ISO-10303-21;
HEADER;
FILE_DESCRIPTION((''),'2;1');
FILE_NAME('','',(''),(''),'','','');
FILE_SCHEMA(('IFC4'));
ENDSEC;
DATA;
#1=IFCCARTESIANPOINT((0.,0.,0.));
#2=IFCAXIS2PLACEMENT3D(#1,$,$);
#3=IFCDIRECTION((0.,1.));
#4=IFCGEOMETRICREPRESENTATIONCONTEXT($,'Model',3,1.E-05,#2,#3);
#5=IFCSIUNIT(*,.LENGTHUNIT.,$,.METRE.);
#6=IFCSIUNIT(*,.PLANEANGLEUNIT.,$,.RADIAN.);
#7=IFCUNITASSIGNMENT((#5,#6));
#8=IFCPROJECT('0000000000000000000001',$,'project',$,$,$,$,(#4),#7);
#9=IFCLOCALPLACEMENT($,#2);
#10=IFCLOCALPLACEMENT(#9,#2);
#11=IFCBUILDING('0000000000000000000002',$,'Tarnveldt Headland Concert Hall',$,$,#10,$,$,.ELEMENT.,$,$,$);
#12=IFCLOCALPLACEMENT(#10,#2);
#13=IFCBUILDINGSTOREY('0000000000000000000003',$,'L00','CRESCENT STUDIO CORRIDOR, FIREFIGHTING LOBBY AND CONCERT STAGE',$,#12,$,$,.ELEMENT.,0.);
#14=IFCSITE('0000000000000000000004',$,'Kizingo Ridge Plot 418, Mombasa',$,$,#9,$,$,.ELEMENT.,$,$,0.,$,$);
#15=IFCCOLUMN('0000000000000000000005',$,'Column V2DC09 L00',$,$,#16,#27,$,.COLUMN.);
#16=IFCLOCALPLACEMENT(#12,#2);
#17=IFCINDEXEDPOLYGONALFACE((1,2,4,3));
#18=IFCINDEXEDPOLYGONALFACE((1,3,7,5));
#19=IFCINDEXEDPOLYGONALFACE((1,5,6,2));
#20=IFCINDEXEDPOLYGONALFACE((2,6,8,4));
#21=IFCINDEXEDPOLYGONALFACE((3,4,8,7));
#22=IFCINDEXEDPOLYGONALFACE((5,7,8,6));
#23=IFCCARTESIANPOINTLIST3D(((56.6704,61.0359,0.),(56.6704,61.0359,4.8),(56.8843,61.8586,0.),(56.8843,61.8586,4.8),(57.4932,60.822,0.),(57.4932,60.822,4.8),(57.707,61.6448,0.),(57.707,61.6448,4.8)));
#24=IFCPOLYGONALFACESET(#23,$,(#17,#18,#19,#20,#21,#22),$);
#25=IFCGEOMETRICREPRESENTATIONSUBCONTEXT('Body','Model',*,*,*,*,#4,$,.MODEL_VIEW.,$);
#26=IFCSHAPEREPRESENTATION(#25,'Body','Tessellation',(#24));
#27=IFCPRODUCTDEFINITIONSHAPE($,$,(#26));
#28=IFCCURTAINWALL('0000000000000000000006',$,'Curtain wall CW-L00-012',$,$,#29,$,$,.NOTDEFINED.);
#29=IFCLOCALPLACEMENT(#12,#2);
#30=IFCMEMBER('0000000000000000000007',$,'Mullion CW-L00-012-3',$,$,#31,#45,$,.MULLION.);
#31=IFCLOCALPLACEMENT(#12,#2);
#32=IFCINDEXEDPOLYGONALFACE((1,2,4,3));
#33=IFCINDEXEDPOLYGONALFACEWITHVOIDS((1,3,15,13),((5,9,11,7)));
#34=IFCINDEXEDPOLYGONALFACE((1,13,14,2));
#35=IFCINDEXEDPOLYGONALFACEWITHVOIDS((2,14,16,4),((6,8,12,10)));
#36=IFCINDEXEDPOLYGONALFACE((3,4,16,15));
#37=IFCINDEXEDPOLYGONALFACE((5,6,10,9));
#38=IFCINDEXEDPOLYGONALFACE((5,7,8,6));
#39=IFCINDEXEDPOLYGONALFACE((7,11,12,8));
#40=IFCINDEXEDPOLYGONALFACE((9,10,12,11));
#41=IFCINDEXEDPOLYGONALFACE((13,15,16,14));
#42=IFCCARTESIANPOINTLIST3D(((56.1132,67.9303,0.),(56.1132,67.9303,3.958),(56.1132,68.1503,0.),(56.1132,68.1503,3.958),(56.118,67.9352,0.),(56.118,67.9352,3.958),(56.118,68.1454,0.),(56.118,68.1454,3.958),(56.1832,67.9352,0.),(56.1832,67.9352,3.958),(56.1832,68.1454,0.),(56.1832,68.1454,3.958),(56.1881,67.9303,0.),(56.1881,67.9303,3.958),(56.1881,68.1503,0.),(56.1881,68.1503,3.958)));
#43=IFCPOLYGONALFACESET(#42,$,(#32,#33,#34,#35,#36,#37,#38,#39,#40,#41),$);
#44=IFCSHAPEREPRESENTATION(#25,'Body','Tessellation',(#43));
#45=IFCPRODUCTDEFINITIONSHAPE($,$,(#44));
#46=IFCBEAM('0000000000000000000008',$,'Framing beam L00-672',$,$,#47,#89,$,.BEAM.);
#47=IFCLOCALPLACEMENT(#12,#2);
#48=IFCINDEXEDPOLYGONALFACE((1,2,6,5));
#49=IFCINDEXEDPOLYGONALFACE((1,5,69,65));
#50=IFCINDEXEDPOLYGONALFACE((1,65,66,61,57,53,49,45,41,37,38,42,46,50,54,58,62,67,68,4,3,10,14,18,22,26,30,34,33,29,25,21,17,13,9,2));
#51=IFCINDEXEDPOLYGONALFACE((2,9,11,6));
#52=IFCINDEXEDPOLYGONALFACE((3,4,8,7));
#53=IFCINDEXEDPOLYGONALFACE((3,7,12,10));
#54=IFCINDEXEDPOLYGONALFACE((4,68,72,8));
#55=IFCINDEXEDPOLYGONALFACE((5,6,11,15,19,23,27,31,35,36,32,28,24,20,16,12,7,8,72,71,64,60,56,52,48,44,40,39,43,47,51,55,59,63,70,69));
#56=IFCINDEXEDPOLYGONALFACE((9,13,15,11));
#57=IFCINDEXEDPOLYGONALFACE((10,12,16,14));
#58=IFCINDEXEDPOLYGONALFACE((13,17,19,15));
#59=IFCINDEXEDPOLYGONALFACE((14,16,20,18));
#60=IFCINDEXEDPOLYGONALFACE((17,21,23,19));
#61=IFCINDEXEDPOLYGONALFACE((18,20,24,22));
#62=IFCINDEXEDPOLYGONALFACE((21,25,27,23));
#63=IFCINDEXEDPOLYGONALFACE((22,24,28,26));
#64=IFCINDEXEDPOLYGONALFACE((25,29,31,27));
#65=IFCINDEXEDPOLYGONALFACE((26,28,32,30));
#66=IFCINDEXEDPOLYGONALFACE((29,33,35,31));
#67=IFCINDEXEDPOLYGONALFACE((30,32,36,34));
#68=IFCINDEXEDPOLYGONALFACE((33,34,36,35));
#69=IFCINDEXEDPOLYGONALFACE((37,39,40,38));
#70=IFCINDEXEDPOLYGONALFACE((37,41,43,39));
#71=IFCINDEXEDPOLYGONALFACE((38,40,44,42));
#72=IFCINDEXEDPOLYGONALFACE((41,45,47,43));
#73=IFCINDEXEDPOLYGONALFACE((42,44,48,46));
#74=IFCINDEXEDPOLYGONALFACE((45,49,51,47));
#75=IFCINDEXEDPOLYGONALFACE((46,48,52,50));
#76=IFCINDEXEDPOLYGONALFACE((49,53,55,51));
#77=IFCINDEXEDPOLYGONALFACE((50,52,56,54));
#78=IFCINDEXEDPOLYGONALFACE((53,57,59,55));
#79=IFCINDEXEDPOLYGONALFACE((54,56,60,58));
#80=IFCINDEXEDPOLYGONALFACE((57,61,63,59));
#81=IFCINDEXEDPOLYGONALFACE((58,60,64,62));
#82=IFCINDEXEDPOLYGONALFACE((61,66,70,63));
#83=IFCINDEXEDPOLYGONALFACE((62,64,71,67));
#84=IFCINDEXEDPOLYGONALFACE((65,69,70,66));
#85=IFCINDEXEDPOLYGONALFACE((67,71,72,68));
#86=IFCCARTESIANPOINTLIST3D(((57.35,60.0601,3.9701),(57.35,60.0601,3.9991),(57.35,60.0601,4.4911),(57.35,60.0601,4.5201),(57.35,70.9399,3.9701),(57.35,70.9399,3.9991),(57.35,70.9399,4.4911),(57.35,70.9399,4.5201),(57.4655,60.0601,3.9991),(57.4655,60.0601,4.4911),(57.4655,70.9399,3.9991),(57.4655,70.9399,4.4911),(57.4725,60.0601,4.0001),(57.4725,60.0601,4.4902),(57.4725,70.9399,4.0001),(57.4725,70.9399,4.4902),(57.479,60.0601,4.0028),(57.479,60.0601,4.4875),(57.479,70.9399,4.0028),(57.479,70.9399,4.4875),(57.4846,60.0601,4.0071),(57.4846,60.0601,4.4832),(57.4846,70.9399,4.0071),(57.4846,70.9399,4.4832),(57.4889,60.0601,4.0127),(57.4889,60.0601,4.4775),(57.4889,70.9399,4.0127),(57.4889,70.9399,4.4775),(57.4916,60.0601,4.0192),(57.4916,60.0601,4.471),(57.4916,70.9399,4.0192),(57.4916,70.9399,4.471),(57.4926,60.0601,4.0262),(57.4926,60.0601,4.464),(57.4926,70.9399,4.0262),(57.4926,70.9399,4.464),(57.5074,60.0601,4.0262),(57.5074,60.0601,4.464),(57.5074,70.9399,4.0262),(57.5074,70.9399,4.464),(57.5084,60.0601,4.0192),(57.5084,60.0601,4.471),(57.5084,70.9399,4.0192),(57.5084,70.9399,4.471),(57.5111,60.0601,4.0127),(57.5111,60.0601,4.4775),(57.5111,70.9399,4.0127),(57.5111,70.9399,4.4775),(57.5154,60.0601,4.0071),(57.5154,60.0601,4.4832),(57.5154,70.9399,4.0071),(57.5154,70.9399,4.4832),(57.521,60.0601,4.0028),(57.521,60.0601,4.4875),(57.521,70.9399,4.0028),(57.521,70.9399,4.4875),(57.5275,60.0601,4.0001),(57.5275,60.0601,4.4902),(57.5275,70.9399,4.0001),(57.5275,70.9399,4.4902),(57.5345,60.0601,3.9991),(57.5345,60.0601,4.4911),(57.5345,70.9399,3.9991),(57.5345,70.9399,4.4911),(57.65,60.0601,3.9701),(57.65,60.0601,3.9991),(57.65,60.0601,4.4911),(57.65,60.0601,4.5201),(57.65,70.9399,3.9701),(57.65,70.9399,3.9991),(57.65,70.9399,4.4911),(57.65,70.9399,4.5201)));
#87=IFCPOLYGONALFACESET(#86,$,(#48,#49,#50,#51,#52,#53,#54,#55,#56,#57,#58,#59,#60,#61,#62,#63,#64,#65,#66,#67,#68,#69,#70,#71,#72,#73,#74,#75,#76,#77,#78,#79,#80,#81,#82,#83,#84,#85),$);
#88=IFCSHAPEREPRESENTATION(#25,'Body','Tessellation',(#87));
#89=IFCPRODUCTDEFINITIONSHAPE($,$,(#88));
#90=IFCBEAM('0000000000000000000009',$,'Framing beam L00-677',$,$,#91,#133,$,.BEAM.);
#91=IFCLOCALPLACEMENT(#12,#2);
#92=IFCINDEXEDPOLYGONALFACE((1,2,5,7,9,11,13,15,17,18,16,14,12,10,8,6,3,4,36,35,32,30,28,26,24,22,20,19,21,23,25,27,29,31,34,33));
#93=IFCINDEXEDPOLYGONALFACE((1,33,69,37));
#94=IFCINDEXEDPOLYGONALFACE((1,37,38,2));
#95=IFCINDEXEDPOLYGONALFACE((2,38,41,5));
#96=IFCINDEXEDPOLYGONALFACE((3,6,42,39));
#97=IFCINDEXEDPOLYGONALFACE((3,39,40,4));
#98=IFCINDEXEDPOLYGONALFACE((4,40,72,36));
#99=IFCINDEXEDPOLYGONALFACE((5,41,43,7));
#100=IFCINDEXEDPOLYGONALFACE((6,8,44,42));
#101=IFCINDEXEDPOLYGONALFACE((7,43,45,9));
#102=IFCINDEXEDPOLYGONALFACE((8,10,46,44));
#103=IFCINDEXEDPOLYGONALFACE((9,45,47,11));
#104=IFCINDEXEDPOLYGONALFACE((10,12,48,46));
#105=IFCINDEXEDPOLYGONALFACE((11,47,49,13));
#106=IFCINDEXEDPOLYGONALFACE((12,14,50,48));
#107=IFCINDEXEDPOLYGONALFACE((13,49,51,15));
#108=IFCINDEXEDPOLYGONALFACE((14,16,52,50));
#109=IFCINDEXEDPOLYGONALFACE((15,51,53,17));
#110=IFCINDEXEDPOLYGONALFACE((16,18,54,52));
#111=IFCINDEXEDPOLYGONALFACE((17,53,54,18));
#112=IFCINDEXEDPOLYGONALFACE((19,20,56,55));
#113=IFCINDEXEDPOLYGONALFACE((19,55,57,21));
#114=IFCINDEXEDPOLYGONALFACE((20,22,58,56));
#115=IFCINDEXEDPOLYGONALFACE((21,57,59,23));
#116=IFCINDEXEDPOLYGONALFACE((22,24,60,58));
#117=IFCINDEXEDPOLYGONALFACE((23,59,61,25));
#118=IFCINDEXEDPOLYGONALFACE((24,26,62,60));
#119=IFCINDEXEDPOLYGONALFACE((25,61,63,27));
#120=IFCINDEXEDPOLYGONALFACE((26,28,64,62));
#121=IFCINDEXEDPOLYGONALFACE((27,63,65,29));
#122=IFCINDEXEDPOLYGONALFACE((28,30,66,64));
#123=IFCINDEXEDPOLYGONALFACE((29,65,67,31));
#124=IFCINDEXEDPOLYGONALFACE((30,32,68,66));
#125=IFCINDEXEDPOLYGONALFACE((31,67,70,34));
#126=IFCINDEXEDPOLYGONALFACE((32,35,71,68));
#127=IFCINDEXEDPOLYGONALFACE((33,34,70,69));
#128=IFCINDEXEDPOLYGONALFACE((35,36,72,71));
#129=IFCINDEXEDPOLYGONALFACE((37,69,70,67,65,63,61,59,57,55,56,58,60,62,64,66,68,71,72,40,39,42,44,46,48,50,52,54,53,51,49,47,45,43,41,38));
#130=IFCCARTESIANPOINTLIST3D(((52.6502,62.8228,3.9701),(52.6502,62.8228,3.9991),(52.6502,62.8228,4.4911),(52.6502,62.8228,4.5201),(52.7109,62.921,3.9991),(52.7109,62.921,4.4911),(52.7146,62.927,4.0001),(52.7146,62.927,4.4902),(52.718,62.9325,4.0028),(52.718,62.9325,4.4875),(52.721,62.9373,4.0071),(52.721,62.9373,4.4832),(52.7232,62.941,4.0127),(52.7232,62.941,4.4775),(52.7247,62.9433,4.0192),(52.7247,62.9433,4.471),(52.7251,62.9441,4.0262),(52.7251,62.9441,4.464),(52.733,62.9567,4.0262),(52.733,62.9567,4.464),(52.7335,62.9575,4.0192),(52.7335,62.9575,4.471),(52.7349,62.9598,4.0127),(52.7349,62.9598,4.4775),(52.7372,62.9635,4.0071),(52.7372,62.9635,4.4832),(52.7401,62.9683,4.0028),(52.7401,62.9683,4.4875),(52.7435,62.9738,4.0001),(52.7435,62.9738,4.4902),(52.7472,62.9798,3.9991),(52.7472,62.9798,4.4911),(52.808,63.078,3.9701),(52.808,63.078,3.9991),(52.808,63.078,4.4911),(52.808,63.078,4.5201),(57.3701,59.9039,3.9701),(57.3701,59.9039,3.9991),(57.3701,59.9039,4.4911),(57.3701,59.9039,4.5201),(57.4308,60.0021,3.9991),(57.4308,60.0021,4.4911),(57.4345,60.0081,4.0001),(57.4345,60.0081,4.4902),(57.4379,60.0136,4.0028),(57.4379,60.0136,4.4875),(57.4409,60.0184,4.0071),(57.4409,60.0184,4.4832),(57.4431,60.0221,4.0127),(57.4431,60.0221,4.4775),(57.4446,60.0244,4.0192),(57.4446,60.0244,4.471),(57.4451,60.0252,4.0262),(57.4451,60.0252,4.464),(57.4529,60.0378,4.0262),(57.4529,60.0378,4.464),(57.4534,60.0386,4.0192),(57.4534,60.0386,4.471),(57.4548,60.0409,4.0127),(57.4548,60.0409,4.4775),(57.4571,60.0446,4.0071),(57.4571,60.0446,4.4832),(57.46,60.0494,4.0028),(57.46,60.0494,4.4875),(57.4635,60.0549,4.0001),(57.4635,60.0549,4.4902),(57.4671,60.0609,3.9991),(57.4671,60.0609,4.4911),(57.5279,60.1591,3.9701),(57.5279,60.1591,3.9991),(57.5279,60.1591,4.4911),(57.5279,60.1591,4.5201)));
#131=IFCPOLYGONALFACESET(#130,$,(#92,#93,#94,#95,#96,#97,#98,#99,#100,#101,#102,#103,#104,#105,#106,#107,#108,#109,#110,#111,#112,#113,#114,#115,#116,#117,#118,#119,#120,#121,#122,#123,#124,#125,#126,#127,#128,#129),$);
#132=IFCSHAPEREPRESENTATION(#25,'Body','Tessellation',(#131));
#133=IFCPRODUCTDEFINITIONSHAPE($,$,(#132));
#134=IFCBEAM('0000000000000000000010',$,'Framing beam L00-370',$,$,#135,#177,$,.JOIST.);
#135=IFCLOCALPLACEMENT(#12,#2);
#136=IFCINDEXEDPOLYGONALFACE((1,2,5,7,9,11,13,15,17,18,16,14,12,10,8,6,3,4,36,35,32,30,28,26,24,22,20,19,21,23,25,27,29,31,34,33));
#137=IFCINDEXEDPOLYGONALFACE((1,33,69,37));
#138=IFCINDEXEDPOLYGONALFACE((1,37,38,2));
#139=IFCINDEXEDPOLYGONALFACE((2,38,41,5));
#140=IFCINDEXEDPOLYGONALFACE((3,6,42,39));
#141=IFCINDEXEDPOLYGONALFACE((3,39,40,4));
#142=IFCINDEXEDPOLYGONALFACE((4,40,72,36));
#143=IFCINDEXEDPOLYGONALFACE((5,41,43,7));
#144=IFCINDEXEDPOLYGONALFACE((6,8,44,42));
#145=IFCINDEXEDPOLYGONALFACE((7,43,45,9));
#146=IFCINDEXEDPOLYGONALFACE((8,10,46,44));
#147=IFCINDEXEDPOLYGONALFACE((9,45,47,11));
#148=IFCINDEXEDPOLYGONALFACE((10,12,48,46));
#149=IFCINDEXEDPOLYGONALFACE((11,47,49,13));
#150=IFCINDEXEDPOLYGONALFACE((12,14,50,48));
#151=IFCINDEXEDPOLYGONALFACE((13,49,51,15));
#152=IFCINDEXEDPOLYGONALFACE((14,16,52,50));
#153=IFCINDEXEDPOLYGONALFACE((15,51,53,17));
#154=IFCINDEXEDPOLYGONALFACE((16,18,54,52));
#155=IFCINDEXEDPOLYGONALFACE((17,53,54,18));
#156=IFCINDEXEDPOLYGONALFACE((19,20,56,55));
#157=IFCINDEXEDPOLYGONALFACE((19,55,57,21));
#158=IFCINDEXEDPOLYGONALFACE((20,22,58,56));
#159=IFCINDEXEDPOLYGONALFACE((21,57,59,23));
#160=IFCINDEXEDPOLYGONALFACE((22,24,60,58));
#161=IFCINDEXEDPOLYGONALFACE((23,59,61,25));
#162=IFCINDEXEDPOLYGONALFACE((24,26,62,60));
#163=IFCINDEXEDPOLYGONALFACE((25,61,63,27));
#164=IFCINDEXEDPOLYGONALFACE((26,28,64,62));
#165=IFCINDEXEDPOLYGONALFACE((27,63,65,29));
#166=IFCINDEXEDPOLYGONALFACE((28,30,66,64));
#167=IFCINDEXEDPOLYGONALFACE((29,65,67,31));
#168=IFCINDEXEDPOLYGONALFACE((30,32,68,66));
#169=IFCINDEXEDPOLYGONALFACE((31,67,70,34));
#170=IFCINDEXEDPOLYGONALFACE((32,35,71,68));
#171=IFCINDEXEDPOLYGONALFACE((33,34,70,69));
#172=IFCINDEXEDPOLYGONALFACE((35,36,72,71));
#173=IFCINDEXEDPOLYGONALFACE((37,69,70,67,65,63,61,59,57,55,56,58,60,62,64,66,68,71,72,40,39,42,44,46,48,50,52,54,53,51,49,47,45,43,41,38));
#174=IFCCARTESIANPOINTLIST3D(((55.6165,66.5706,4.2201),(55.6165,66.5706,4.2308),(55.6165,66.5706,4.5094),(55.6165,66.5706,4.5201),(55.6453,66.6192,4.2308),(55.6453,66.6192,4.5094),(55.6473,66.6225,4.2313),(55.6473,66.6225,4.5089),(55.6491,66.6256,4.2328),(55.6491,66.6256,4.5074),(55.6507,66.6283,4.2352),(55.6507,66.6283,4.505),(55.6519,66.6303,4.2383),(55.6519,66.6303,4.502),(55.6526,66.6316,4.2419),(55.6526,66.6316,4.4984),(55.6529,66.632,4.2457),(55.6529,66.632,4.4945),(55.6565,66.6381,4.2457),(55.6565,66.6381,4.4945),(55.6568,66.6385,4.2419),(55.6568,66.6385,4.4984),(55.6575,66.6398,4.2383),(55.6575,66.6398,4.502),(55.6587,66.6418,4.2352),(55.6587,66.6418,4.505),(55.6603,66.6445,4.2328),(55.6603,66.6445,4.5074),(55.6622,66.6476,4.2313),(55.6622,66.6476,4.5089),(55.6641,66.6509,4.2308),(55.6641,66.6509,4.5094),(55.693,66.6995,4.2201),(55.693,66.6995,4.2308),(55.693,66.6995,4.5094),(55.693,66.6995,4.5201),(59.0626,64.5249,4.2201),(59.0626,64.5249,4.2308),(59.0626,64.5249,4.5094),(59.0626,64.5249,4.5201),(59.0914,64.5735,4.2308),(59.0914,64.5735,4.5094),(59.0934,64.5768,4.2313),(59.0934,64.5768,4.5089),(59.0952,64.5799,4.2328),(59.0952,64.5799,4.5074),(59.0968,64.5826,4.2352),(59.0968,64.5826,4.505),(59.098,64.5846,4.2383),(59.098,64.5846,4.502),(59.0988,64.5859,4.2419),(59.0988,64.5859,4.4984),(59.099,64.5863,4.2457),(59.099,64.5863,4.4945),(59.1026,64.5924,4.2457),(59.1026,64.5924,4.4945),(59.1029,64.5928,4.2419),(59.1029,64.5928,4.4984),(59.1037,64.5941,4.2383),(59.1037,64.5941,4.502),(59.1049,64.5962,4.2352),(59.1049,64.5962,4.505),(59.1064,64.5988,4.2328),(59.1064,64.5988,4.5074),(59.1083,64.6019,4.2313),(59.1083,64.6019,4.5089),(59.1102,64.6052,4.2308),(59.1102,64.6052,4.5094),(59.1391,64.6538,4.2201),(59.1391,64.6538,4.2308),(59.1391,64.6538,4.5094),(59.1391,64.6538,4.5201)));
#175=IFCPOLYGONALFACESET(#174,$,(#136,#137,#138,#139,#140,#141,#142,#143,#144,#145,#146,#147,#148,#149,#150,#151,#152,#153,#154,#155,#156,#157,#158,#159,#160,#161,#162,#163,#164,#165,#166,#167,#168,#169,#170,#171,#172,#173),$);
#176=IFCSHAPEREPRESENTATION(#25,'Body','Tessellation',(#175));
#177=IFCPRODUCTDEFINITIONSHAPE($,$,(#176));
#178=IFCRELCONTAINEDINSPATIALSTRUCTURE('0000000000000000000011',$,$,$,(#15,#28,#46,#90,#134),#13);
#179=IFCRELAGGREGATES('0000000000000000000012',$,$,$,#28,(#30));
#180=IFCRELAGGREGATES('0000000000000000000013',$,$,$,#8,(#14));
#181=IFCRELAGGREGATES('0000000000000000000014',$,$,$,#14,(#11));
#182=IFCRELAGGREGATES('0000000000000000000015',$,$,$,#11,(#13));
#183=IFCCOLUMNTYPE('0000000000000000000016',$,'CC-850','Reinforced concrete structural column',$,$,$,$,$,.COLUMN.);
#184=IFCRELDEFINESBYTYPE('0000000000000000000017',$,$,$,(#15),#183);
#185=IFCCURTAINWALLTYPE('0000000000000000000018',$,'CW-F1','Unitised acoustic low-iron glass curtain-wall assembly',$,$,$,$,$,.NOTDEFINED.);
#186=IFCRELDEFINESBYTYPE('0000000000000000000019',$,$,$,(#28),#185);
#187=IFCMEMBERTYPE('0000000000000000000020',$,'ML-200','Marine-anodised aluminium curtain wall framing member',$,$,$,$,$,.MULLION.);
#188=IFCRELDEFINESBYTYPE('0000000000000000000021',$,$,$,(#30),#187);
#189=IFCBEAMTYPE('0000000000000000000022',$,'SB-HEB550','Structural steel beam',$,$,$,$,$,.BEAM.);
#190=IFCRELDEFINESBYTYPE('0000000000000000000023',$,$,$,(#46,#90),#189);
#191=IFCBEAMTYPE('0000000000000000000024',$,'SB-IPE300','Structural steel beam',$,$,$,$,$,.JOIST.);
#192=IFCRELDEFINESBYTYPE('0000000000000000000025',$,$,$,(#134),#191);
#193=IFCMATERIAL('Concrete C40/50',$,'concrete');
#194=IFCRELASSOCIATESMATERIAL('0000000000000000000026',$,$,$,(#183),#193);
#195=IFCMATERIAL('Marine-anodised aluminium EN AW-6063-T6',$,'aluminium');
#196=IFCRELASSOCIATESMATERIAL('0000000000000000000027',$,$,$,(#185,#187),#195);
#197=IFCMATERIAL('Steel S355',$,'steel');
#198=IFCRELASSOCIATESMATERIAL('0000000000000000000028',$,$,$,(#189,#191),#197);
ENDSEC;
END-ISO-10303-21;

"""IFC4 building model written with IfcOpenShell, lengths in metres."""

from ifc_helpers import new_model, si_unit, direction, frame, origin, origin_2d, place, context, subcontext, project, spatial, rectangle, hollow_rectangle, i_section, extrude, material, material_profile, profile_set, type_object, element, aggregate, save


model = new_model("IFC4")

# Units and contexts
model_context = context("Model", 3, precision=1e-05, world=origin(), true_north=direction((0.0, 1.0)))
body_context = subcontext(model_context, "Body", "Model", "MODEL_VIEW")
ifc_project = project(units=[si_unit("LENGTHUNIT", "METRE"), si_unit("PLANEANGLEUNIT", "RADIAN")], contexts=[model_context])

# Site, building, storey
site_placement = place(None, origin())
site = spatial("IfcSite", under=ifc_project, at=site_placement, Name="Kizingo Ridge Plot 418, Mombasa", CompositionType="ELEMENT", RefElevation=0.0)
building_placement = place(site_placement, origin())
building = spatial("IfcBuilding", under=site, at=building_placement, Name="Tarnveldt Headland Concert Hall", CompositionType="ELEMENT")
storey_placement = place(building_placement, origin())
storey = spatial("IfcBuildingStorey", under=building, at=storey_placement, Name="L00", Description="CRESCENT STUDIO CORRIDOR, FIREFIGHTING LOBBY AND CONCERT STAGE", CompositionType="ELEMENT", Elevation=0.0)

# Column
ifc_material_1 = material(Name="Concrete C40/50", Category="concrete")
ifc_material_profile_1 = material_profile(ifc_material_1, rectangle(XDim=0.8501, YDim=0.8501, at=origin_2d()), Name="RC 850x850", Category="concrete")
ifc_profile_set_1 = profile_set([ifc_material_profile_1], Name="Concrete C40/50")
column_type = type_object("IfcColumnType", Name="CC-850", Description="Reinforced concrete structural column", PredefinedType="COLUMN", material=ifc_profile_set_1)
column_placement = place(storey_placement, frame((57.1887, 61.3403, 0.0), z_axis=(0.0, 0.0, 1.0), x_axis=(-0.967841, 0.251563, 0.0)))
element("IfcColumn", 1, at=column_placement, inside=storey, type_object=column_type, Name="Column V2DC09 L00", PredefinedType="COLUMN", context=body_context, shape_type="SweptSolid", body=[
    extrude(rectangle(XDim=0.8501, YDim=0.8501, at=origin_2d()), origin(), (0.0, 0.0, 1.0), 4.8),
])

# Curtain wall, member
ifc_material_2 = material(Name="Marine-anodised aluminium EN AW-6063-T6", Category="aluminium")
curtain_wall_type = type_object("IfcCurtainWallType", Name="CW-F1", Description="Unitised acoustic low-iron glass curtain-wall assembly", PredefinedType="NOTDEFINED", material=ifc_material_2)
curtain_wall_placement = place(storey_placement, origin())
curtain_wall = element("IfcCurtainWall", 2, at=curtain_wall_placement, inside=storey, type_object=curtain_wall_type, Name="Curtain wall CW-L00-012", PredefinedType="NOTDEFINED")
ifc_material_profile_2 = material_profile(ifc_material_2, hollow_rectangle(XDim=0.075, YDim=0.22, WallThickness=0.0049, at=origin_2d()), Name="ALU MULLION 75x220x5", Category="aluminium")
ifc_profile_set_2 = profile_set([ifc_material_profile_2], Name="Marine-anodised aluminium EN AW-6063-T6")
member_type_1 = type_object("IfcMemberType", Name="ML-200", Description="Marine-anodised aluminium curtain wall framing member", PredefinedType="MULLION", material=ifc_profile_set_2)
member_1_placement = place(storey_placement, frame((56.1506, 68.0403, 0.0), z_axis=(0.0, 0.0, 1.0), x_axis=(1.0, 0.0, 0.0)))
member_1 = element("IfcMember", 3, at=member_1_placement, type_object=member_type_1, Name="Mullion CW-L00-012-3", PredefinedType="MULLION", context=body_context, shape_type="SweptSolid", body=[
    extrude(hollow_rectangle(XDim=0.075, YDim=0.22, WallThickness=0.0049, at=origin_2d()), origin(), (0.0, 0.0, 1.0), 3.958),
])

# Beams
ifc_material_3 = material(Name="Steel S355", Category="steel")
ifc_material_profile_3 = material_profile(ifc_material_3, i_section(OverallWidth=0.3, OverallDepth=0.55, WebThickness=0.0149, FlangeThickness=0.0291, FilletRadius=0.0271, at=origin_2d()), Name="HEB550", Category="steel")
ifc_profile_set_3 = profile_set([ifc_material_profile_3], Name="Steel S355")
beam_type_1 = type_object("IfcBeamType", Name="SB-HEB550", Description="Structural steel beam", PredefinedType="BEAM", material=ifc_profile_set_3)
beam_1_placement = place(storey_placement, frame((57.5, 60.0601, 4.2451), z_axis=(0.0, 1.0, 0.0), x_axis=(-1.0, 0.0, 0.0)))
element("IfcBeam", 4, at=beam_1_placement, inside=storey, type_object=beam_type_1, Name="Framing beam L00-672", PredefinedType="BEAM", context=body_context, shape_type="SweptSolid", body=[
    extrude(i_section(OverallWidth=0.3, OverallDepth=0.55, WebThickness=0.0149, FlangeThickness=0.0291, FilletRadius=0.0271, at=origin_2d()), origin(), (0.0, 0.0, 1.0), 10.8799),
])
beam_2_placement = place(storey_placement, frame((57.449, 60.0315, 4.2451), z_axis=(-0.850502, 0.525971, 0.0), x_axis=(-0.525971, -0.850502, 0.0)))
element("IfcBeam", 5, at=beam_2_placement, inside=storey, type_object=beam_type_1, Name="Framing beam L00-677", PredefinedType="BEAM", context=body_context, shape_type="SweptSolid", body=[
    extrude(i_section(OverallWidth=0.3, OverallDepth=0.55, WebThickness=0.0149, FlangeThickness=0.0291, FilletRadius=0.0271, at=origin_2d()), origin(), (0.0, 0.0, 1.0), 5.5496),
])
ifc_material_profile_4 = material_profile(ifc_material_3, i_section(OverallWidth=0.1499, OverallDepth=0.3, WebThickness=0.0071, FlangeThickness=0.0107, FilletRadius=0.0149, at=origin_2d()), Name="IPE300", Category="steel")
ifc_profile_set_4 = profile_set([ifc_material_profile_4], Name="Steel S355")
beam_type_2 = type_object("IfcBeamType", Name="SB-IPE300", Description="Structural steel beam", PredefinedType="JOIST", material=ifc_profile_set_4)
beam_3_placement = place(storey_placement, frame((59.1008, 64.5894, 4.3701), z_axis=(-0.859902, 0.510459, 0.0), x_axis=(-0.510459, -0.859902, 0.0)))
element("IfcBeam", 6, at=beam_3_placement, inside=storey, type_object=beam_type_2, Name="Framing beam L00-370", PredefinedType="JOIST", context=body_context, shape_type="SweptSolid", body=[
    extrude(i_section(OverallWidth=0.1499, OverallDepth=0.3, WebThickness=0.0071, FlangeThickness=0.0107, FilletRadius=0.0149, at=origin_2d()), origin(), (0.0, 0.0, 1.0), 4.0076),
])

aggregate(curtain_wall, [member_1])

save(model, "model.ifc")
